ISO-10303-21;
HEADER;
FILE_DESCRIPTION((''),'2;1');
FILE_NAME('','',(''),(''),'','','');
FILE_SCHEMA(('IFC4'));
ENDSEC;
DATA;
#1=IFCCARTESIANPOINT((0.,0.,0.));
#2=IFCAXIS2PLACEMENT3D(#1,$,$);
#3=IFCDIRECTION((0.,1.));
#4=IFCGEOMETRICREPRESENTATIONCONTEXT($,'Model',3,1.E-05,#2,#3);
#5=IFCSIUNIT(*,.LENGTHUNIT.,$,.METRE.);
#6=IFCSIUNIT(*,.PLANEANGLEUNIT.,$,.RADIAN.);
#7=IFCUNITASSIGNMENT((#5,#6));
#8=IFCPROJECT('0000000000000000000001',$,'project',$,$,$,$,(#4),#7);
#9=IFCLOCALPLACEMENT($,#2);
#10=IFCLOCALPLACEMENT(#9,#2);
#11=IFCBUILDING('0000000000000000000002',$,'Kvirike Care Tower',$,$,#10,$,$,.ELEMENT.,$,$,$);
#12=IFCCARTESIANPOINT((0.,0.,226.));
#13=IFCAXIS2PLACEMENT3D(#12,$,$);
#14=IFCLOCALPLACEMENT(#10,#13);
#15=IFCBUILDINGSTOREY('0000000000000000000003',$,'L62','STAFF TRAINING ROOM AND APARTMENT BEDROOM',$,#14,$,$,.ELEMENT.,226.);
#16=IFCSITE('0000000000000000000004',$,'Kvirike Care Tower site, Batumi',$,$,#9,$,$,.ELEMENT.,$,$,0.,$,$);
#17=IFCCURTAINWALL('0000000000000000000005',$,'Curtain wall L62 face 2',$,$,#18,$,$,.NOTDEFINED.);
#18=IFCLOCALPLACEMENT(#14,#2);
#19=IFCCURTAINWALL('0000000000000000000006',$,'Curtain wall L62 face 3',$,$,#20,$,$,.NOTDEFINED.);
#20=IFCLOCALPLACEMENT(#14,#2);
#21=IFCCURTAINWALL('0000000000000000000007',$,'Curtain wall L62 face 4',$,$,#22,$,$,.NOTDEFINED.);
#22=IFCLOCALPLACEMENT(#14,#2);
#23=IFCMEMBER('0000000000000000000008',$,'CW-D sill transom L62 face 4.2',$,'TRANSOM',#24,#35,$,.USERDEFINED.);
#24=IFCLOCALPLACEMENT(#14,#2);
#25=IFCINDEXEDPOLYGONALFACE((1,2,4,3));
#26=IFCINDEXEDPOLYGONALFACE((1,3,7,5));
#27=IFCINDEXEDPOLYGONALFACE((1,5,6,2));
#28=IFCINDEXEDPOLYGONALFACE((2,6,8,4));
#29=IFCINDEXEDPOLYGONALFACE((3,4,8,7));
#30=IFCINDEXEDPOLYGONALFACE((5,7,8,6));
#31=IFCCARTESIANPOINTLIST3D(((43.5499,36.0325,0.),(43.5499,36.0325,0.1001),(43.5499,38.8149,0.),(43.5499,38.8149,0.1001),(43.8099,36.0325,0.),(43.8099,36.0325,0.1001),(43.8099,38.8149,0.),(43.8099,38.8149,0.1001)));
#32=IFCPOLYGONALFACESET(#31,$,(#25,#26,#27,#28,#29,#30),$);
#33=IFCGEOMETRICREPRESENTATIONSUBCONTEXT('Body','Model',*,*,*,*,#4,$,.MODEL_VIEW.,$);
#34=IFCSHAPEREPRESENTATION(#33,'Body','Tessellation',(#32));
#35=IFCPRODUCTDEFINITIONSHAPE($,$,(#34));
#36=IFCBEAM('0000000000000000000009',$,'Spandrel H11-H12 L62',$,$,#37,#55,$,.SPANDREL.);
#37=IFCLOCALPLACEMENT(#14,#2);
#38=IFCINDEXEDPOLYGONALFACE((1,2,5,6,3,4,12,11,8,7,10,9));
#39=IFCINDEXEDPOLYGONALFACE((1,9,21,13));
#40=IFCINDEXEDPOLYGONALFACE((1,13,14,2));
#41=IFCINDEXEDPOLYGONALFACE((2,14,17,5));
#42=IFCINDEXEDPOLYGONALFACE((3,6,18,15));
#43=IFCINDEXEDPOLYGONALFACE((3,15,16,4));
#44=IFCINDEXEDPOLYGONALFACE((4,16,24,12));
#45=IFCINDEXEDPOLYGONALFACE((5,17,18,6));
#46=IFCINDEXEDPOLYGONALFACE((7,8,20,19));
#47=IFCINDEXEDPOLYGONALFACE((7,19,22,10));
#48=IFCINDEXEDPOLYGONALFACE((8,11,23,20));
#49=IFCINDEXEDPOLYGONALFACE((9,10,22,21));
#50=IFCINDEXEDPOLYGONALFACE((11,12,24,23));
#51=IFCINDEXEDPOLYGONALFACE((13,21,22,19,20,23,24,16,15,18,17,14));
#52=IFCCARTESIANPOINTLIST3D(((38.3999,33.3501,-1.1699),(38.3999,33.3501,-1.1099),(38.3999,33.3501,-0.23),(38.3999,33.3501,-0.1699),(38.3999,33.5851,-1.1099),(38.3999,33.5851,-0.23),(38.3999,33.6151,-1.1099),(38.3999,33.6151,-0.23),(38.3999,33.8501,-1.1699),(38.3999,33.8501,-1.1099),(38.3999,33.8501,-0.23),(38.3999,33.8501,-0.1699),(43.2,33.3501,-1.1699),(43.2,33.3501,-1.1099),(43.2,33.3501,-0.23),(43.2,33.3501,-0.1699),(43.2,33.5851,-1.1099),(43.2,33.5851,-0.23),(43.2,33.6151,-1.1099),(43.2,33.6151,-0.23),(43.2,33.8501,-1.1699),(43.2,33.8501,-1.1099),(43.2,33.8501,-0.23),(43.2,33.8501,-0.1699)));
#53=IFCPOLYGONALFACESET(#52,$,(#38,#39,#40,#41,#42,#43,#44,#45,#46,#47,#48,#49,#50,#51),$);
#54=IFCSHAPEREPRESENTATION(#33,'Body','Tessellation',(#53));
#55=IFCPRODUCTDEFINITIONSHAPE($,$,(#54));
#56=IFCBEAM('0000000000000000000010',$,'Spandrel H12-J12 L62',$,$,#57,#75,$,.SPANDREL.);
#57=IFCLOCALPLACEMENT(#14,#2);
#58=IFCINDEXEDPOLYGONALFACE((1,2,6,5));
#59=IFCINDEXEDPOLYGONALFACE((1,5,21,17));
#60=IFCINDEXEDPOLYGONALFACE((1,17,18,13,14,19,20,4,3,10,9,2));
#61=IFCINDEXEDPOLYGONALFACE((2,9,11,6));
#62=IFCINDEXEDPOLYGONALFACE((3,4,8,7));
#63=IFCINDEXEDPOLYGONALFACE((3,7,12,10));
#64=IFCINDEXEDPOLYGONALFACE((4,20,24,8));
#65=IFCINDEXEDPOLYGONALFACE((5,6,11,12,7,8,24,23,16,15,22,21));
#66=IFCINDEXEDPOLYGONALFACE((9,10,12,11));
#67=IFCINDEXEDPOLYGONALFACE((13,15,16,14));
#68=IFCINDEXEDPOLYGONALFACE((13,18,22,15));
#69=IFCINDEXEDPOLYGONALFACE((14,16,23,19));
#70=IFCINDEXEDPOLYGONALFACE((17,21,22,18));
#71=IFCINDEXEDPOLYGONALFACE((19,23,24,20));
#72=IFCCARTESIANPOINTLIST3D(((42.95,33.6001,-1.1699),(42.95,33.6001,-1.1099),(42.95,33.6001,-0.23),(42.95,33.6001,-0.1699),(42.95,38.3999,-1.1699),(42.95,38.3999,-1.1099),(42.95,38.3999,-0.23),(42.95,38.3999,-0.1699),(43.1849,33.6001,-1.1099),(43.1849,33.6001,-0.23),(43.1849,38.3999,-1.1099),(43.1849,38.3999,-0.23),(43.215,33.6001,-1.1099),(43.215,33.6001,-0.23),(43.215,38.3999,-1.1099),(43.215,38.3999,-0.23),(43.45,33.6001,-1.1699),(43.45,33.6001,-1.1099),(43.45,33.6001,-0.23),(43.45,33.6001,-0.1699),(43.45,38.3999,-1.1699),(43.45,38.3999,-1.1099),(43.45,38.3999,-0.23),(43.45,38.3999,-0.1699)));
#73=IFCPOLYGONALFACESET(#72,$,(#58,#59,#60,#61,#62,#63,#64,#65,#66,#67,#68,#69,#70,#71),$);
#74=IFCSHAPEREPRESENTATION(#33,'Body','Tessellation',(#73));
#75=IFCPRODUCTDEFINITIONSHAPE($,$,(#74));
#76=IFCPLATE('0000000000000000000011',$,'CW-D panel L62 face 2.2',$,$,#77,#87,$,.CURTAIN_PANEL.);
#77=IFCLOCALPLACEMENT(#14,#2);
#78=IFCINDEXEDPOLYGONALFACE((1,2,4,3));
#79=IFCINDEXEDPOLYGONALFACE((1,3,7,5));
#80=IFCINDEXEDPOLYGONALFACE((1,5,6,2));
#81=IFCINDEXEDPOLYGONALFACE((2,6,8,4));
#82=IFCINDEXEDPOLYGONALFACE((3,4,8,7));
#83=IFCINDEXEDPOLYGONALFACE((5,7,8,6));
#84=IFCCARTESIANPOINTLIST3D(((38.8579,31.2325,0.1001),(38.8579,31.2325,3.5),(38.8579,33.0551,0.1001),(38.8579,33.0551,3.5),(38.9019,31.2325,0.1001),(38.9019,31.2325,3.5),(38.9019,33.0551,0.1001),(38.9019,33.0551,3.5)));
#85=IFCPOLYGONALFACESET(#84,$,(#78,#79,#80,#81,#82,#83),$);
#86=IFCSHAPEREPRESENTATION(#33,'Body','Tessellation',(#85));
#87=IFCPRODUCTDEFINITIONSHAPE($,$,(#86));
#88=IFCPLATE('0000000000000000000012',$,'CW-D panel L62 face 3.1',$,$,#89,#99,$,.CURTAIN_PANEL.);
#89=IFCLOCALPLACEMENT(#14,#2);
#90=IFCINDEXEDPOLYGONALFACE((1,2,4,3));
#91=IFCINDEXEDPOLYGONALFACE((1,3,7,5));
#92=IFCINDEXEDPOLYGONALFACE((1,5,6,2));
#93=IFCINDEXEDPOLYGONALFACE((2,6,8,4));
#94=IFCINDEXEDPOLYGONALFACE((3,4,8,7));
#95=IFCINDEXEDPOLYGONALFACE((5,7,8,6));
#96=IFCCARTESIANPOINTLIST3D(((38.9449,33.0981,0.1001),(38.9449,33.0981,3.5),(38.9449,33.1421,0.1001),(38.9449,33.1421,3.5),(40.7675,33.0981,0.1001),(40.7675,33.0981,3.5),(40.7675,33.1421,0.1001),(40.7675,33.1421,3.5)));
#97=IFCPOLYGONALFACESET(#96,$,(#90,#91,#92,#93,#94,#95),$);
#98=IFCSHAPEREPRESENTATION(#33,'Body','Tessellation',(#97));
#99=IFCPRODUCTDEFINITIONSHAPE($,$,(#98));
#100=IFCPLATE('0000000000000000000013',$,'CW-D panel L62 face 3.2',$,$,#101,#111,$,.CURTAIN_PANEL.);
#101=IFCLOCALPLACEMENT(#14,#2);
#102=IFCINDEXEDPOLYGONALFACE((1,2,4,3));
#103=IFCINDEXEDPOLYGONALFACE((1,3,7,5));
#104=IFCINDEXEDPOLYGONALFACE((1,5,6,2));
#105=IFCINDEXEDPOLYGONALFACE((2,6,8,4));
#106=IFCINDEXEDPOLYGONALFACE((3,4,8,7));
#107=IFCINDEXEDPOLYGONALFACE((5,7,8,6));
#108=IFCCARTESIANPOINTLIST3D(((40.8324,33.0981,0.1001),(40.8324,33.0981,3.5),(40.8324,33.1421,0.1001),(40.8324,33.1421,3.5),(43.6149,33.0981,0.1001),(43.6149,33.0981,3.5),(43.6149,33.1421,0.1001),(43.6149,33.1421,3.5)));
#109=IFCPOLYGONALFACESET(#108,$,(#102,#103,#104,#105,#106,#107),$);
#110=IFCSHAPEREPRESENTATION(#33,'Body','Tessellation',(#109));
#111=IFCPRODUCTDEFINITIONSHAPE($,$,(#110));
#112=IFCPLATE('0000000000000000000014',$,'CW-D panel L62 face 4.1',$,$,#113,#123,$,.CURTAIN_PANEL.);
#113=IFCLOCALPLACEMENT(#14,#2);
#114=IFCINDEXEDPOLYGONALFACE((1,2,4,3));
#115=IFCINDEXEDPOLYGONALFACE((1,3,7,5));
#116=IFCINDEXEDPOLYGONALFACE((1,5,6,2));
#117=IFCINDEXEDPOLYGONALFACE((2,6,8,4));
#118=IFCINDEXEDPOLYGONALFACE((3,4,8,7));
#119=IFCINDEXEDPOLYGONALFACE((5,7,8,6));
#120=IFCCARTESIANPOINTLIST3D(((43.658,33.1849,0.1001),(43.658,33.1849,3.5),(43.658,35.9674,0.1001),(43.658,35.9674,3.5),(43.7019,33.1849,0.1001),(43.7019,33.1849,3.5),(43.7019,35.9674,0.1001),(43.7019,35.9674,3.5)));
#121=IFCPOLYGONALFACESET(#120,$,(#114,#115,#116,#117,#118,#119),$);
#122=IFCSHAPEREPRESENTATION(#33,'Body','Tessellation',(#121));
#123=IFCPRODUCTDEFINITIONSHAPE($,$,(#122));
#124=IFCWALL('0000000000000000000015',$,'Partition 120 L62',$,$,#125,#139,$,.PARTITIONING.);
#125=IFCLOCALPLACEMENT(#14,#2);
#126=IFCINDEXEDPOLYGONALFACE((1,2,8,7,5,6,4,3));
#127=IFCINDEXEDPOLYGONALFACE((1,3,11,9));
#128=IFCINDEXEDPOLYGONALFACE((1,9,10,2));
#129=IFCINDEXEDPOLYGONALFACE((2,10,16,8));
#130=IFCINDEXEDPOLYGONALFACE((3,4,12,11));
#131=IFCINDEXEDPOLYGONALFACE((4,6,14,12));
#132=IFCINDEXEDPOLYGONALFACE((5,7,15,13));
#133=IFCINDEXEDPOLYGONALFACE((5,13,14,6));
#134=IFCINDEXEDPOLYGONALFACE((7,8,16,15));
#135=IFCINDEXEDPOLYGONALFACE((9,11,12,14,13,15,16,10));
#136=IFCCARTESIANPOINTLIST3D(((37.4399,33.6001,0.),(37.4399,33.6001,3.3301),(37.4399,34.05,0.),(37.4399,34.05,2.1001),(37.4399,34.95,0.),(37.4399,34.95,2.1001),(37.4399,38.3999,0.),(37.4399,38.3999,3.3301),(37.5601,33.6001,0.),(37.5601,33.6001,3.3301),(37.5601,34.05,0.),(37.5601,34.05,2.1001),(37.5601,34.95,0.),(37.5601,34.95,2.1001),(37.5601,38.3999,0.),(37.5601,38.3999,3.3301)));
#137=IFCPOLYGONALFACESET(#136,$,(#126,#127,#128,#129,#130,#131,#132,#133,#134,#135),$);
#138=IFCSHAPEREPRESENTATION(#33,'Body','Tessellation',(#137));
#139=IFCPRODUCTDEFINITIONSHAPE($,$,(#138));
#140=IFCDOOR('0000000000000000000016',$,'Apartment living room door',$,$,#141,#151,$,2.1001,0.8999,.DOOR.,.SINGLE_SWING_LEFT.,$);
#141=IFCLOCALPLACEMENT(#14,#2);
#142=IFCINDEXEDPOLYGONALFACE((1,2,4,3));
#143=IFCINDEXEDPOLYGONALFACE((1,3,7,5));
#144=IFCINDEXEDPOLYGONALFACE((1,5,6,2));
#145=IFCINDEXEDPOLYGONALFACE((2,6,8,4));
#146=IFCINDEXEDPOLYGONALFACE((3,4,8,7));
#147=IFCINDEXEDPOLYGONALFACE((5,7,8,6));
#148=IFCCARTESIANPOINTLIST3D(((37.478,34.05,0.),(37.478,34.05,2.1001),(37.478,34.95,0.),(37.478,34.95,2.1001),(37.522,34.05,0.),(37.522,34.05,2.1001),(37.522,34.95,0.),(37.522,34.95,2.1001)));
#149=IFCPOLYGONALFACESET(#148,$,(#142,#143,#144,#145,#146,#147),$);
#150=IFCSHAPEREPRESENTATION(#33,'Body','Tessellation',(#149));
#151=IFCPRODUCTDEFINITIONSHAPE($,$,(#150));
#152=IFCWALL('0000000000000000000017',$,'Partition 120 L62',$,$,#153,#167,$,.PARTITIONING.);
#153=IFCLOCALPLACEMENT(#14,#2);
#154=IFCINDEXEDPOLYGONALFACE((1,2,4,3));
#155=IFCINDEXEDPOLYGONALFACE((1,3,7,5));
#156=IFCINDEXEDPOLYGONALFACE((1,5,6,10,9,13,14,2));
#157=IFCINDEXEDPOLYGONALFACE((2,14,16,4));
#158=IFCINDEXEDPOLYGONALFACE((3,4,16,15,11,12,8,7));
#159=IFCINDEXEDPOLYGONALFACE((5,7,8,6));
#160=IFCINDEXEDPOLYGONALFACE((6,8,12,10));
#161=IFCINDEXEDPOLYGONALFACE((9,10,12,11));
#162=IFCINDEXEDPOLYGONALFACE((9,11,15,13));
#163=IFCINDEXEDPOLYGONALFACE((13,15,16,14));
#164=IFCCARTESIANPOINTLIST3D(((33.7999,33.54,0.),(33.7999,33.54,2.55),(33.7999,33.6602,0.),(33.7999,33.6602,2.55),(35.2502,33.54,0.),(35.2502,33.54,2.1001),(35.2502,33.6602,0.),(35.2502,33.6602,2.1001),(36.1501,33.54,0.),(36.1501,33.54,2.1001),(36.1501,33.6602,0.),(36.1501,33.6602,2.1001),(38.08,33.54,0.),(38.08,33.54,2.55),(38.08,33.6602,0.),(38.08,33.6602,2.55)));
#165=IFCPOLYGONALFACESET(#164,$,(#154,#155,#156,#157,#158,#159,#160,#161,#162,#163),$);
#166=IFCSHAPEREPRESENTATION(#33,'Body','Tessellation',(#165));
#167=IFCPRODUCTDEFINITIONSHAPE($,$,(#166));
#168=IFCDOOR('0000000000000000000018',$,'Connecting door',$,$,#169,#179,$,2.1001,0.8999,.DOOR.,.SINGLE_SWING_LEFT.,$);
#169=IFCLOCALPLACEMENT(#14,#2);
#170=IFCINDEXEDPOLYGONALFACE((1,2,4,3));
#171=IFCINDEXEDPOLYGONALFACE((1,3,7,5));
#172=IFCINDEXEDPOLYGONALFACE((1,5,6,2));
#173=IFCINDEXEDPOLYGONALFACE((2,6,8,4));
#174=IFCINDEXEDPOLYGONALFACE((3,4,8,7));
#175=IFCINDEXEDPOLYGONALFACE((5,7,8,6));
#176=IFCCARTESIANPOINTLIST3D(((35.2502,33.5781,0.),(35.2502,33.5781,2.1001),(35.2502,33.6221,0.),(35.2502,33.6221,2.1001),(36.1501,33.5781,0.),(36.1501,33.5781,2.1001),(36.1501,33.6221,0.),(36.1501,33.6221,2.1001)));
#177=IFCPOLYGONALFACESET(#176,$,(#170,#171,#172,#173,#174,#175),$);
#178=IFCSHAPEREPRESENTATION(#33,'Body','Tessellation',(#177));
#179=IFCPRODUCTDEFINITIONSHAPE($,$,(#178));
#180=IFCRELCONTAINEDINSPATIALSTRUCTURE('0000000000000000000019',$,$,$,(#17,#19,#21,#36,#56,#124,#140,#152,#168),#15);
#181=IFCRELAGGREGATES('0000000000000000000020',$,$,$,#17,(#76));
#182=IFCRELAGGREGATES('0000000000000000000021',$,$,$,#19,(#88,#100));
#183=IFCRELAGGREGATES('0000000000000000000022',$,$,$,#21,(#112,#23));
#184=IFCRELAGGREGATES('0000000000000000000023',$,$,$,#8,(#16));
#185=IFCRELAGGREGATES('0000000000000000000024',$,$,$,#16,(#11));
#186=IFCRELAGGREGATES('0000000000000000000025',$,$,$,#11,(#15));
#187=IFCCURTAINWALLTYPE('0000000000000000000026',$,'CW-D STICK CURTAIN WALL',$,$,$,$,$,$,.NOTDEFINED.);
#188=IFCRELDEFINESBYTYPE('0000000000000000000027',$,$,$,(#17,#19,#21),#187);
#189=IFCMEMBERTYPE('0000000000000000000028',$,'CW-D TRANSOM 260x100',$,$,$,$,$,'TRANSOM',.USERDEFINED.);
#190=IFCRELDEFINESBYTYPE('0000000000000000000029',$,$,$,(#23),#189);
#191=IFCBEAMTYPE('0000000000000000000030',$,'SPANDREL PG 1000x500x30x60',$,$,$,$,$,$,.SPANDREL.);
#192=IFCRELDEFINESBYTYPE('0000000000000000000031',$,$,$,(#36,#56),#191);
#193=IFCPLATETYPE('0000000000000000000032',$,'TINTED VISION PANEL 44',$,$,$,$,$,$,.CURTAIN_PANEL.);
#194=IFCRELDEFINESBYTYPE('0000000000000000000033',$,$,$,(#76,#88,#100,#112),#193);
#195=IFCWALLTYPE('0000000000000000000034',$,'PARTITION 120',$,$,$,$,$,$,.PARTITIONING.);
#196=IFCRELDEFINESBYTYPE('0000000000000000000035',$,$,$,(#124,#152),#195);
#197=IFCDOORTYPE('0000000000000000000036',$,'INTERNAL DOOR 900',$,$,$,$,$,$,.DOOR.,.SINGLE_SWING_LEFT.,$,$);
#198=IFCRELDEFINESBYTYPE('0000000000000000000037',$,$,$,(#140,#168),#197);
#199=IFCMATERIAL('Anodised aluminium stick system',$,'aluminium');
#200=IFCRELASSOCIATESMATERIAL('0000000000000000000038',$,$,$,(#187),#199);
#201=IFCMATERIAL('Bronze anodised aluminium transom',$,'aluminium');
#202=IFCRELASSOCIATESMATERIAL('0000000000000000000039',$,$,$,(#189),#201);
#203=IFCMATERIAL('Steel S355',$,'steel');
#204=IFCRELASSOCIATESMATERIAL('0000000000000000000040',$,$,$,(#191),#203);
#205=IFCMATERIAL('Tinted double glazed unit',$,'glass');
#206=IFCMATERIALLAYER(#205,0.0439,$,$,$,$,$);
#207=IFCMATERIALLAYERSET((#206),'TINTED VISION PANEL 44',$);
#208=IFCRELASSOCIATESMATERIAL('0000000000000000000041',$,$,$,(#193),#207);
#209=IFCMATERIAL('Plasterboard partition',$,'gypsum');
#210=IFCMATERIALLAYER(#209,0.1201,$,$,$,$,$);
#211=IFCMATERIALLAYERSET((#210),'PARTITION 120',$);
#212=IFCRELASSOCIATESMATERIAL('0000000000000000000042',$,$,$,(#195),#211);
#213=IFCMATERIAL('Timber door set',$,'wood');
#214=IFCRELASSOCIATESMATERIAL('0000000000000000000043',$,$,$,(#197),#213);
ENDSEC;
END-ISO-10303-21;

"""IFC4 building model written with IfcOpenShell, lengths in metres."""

from ifc_helpers import new_model, si_unit, direction, frame, frame_2d, origin, origin_2d, place, context, subcontext, project, spatial, rectangle, i_section, extrude, material, layer, layer_set, material_profile, profile_set, type_object, element, fill, aggregate, save


model = new_model("IFC4")

# Units and contexts
model_context = context("Model", 3, precision=1e-05, world=origin(), true_north=direction((0.0, 1.0)))
body_context = subcontext(model_context, "Body", "Model", "MODEL_VIEW")
ifc_project = project(units=[si_unit("LENGTHUNIT", "METRE"), si_unit("PLANEANGLEUNIT", "RADIAN")], contexts=[model_context])

# Site, building, storey
site_placement = place(None, origin())
site = spatial("IfcSite", under=ifc_project, at=site_placement, Name="Kvirike Care Tower site, Batumi", CompositionType="ELEMENT", RefElevation=0.0)
building_placement = place(site_placement, origin())
building = spatial("IfcBuilding", under=site, at=building_placement, Name="Kvirike Care Tower", CompositionType="ELEMENT")
storey_placement = place(building_placement, frame((0.0, 0.0, 226.0)))
storey = spatial("IfcBuildingStorey", under=building, at=storey_placement, Name="L62", Description="STAFF TRAINING ROOM AND APARTMENT BEDROOM", CompositionType="ELEMENT", Elevation=226.0)

# Curtain wall
ifc_material_1 = material(Name="Anodised aluminium stick system", Category="aluminium")
curtain_wall_type = type_object("IfcCurtainWallType", Name="CW-D STICK CURTAIN WALL", PredefinedType="NOTDEFINED", material=ifc_material_1)
curtain_wall_1_placement = place(storey_placement, origin())
curtain_wall_1 = element("IfcCurtainWall", 1, at=curtain_wall_1_placement, inside=storey, type_object=curtain_wall_type, Name="Curtain wall L62 face 2", PredefinedType="NOTDEFINED")

# Curtain walls
curtain_wall_2_placement = place(storey_placement, origin())
curtain_wall_2 = element("IfcCurtainWall", 2, at=curtain_wall_2_placement, inside=storey, type_object=curtain_wall_type, Name="Curtain wall L62 face 3", PredefinedType="NOTDEFINED")
curtain_wall_3_placement = place(storey_placement, origin())
curtain_wall_3 = element("IfcCurtainWall", 3, at=curtain_wall_3_placement, inside=storey, type_object=curtain_wall_type, Name="Curtain wall L62 face 4", PredefinedType="NOTDEFINED")

# Member
ifc_material_2 = material(Name="Bronze anodised aluminium transom", Category="aluminium")
ifc_material_profile_1 = material_profile(ifc_material_2, rectangle(XDim=0.26, YDim=0.1001, at=origin_2d()), Name="CW-D TRANSOM 260x100")
ifc_profile_set_1 = profile_set([ifc_material_profile_1], Name="Bronze anodised aluminium transom")
member_type_1 = type_object("IfcMemberType", Name="CW-D TRANSOM 260x100", ElementType="TRANSOM", PredefinedType="USERDEFINED", material=ifc_profile_set_1)
member_1_placement = place(storey_placement, frame((43.6799, 36.0325, 0.05), z_axis=(0.0, 1.0, 0.0), x_axis=(-1.0, 0.0, 0.0)))
member_1 = element("IfcMember", 4, at=member_1_placement, type_object=member_type_1, Name="CW-D sill transom L62 face 4.2", ObjectType="TRANSOM", PredefinedType="USERDEFINED", context=body_context, shape_type="SweptSolid", body=[
    extrude(rectangle(XDim=0.26, YDim=0.1001, at=origin_2d()), origin(), (0.0, 0.0, 1.0), 2.7825),
])

# Beams
ifc_material_3 = material(Name="Steel S355", Category="steel")
ifc_material_profile_2 = material_profile(ifc_material_3, i_section(OverallWidth=0.5, OverallDepth=1.0, WebThickness=0.03, FlangeThickness=0.0601, at=origin_2d()), Name="PG 1000x500x30x60")
ifc_profile_set_2 = profile_set([ifc_material_profile_2], Name="Steel S355")
beam_type = type_object("IfcBeamType", Name="SPANDREL PG 1000x500x30x60", PredefinedType="SPANDREL", material=ifc_profile_set_2)
beam_1_placement = place(storey_placement, frame((38.3999, 33.6001, -0.6699), z_axis=(1.0, 0.0, 0.0), x_axis=(0.0, 1.0, 0.0)))
element("IfcBeam", 5, at=beam_1_placement, inside=storey, type_object=beam_type, Name="Spandrel H11-H12 L62", PredefinedType="SPANDREL", context=body_context, shape_type="SweptSolid", body=[
    extrude(i_section(OverallWidth=0.5, OverallDepth=1.0, WebThickness=0.03, FlangeThickness=0.0601, at=origin_2d()), origin(), (0.0, 0.0, 1.0), 4.8),
])
beam_2_placement = place(storey_placement, frame((43.2, 33.6001, -0.6699), z_axis=(0.0, 1.0, 0.0), x_axis=(-1.0, 0.0, 0.0)))
element("IfcBeam", 6, at=beam_2_placement, inside=storey, type_object=beam_type, Name="Spandrel H12-J12 L62", PredefinedType="SPANDREL", context=body_context, shape_type="SweptSolid", body=[
    extrude(i_section(OverallWidth=0.5, OverallDepth=1.0, WebThickness=0.03, FlangeThickness=0.0601, at=origin_2d()), origin(), (0.0, 0.0, 1.0), 4.7998),
])

# Plates
ifc_material_4 = material(Name="Tinted double glazed unit", Category="glass")
ifc_layer_1 = layer(ifc_material_4, 0.0439)
ifc_layer_set_1 = layer_set([ifc_layer_1], Name="TINTED VISION PANEL 44")
plate_type = type_object("IfcPlateType", Name="TINTED VISION PANEL 44", PredefinedType="CURTAIN_PANEL", material=ifc_layer_set_1)
plate_1_placement = place(storey_placement, frame((38.8799, 32.1438, 0.1001), z_axis=(0.0, 0.0, 1.0), x_axis=(0.0, 1.0, 0.0)))
plate_1 = element("IfcPlate", 7, at=plate_1_placement, type_object=plate_type, Name="CW-D panel L62 face 2.2", PredefinedType="CURTAIN_PANEL", context=body_context, shape_type="SweptSolid", body=[
    extrude(rectangle(XDim=1.8225, YDim=0.0439, at=origin_2d()), origin(), (0.0, 0.0, 1.0), 3.3999),
])
aggregate(curtain_wall_1, [plate_1])
plate_2_placement = place(storey_placement, frame((39.8562, 33.1201, 0.1001), z_axis=(0.0, 0.0, 1.0), x_axis=(1.0, 0.0, 0.0)))
plate_2 = element("IfcPlate", 8, at=plate_2_placement, type_object=plate_type, Name="CW-D panel L62 face 3.1", PredefinedType="CURTAIN_PANEL", context=body_context, shape_type="SweptSolid", body=[
    extrude(rectangle(XDim=1.8225, YDim=0.0439, at=origin_2d()), origin(), (0.0, 0.0, 1.0), 3.3999),
])
plate_3_placement = place(storey_placement, frame((42.2236, 33.1201, 0.1001), z_axis=(0.0, 0.0, 1.0), x_axis=(1.0, 0.0, 0.0)))
plate_3 = element("IfcPlate", 9, at=plate_3_placement, type_object=plate_type, Name="CW-D panel L62 face 3.2", PredefinedType="CURTAIN_PANEL", context=body_context, shape_type="SweptSolid", body=[
    extrude(rectangle(XDim=2.7825, YDim=0.0439, at=origin_2d()), origin(), (0.0, 0.0, 1.0), 3.3999),
])
aggregate(curtain_wall_2, [plate_2, plate_3])
plate_4_placement = place(storey_placement, frame((43.6799, 34.5762, 0.1001), z_axis=(0.0, 0.0, 1.0), x_axis=(0.0, 1.0, 0.0)))
plate_4 = element("IfcPlate", 10, at=plate_4_placement, type_object=plate_type, Name="CW-D panel L62 face 4.1", PredefinedType="CURTAIN_PANEL", context=body_context, shape_type="SweptSolid", body=[
    extrude(rectangle(XDim=2.7825, YDim=0.0439, at=origin_2d()), origin(), (0.0, 0.0, 1.0), 3.3999),
])
aggregate(curtain_wall_3, [plate_4, member_1])

# Walls, openings, doors
ifc_material_5 = material(Name="Plasterboard partition", Category="gypsum")
ifc_layer_2 = layer(ifc_material_5, 0.1201)
ifc_layer_set_2 = layer_set([ifc_layer_2], Name="PARTITION 120")
wall_type_1 = type_object("IfcWallType", Name="PARTITION 120", PredefinedType="PARTITIONING", material=ifc_layer_set_2)
wall_1_placement = place(storey_placement, frame((37.5, 33.6001, 0.0), z_axis=(0.0, 0.0, 1.0), x_axis=(0.0, 1.0, 0.0)))
wall_1 = element("IfcWall", 11, at=wall_1_placement, inside=storey, type_object=wall_type_1, Name="Partition 120 L62", PredefinedType="PARTITIONING", context=body_context, shape_type="SweptSolid", body=[
    extrude(rectangle(XDim=4.7998, YDim=0.1201, at=frame_2d((2.3999, 0.0))), origin(), (0.0, 0.0, 1.0), 3.3301),
])
opening_1_placement = place(wall_1_placement, frame((0.45, 0.0, 0.0)))
opening_1 = element("IfcOpeningElement", 12, at=opening_1_placement, cuts=wall_1, PredefinedType="OPENING", context=body_context, shape_type="SweptSolid", body=[
    extrude(rectangle(XDim=0.8999, YDim=2.1001, at=frame_2d((0.45, 1.05))), frame((0.0, 0.0706, 0.0), z_axis=(0.0, -1.0, 0.0), x_axis=(1.0, 0.0, 0.0)), (0.0, 0.0, 1.0), 0.1411),
])
ifc_material_6 = material(Name="Timber door set", Category="wood")
door_type = type_object("IfcDoorType", Name="INTERNAL DOOR 900", OperationType="SINGLE_SWING_LEFT", PredefinedType="DOOR", material=ifc_material_6)
door_1_placement = place(opening_1_placement, frame((0.8999, 0.0, 0.0), z_axis=(0.0, 0.0, 1.0), x_axis=(-1.0, 0.0, 0.0)))
door_1 = element("IfcDoor", 13, at=door_1_placement, inside=storey, type_object=door_type, Name="Apartment living room door", OperationType="SINGLE_SWING_LEFT", OverallHeight=2.1001, OverallWidth=0.8999, PredefinedType="DOOR", context=body_context, shape_type="SweptSolid", body=[
    extrude(rectangle(XDim=0.8999, YDim=2.1001, at=frame_2d((0.45, 1.05))), frame((0.0, 0.022, 0.0), z_axis=(0.0, -1.0, 0.0), x_axis=(1.0, 0.0, 0.0)), (0.0, 0.0, 1.0), 0.0439),
])
fill(opening_1, door_1)
wall_2_placement = place(storey_placement, frame((38.0801, 33.6001, 0.0), z_axis=(0.0, 0.0, 1.0), x_axis=(-1.0, 0.0, 0.0)))
wall_2 = element("IfcWall", 14, at=wall_2_placement, inside=storey, type_object=wall_type_1, Name="Partition 120 L62", PredefinedType="PARTITIONING", context=body_context, shape_type="SweptSolid", body=[
    extrude(rectangle(XDim=4.28, YDim=0.1201, at=frame_2d((2.1401, 0.0))), origin(), (0.0, 0.0, 1.0), 2.55),
])
opening_2_placement = place(wall_2_placement, frame((1.9299, 0.0, 0.0)))
opening_2 = element("IfcOpeningElement", 15, at=opening_2_placement, cuts=wall_2, PredefinedType="OPENING", context=body_context, shape_type="SweptSolid", body=[
    extrude(rectangle(XDim=0.8999, YDim=2.1001, at=frame_2d((0.45, 1.05))), frame((0.0, 0.0706, 0.0), z_axis=(0.0, -1.0, 0.0), x_axis=(1.0, 0.0, 0.0)), (0.0, 0.0, 1.0), 0.1411),
])
door_2_placement = place(opening_2_placement, origin())
door_2 = element("IfcDoor", 16, at=door_2_placement, inside=storey, type_object=door_type, Name="Connecting door", OperationType="SINGLE_SWING_LEFT", OverallHeight=2.1001, OverallWidth=0.8999, PredefinedType="DOOR", context=body_context, shape_type="SweptSolid", body=[
    extrude(rectangle(XDim=0.8999, YDim=2.1001, at=frame_2d((0.45, 1.05))), frame((0.0, 0.022, 0.0), z_axis=(0.0, -1.0, 0.0), x_axis=(1.0, 0.0, 0.0)), (0.0, 0.0, 1.0), 0.0439),
])
fill(opening_2, door_2)

save(model, "model.ifc")
